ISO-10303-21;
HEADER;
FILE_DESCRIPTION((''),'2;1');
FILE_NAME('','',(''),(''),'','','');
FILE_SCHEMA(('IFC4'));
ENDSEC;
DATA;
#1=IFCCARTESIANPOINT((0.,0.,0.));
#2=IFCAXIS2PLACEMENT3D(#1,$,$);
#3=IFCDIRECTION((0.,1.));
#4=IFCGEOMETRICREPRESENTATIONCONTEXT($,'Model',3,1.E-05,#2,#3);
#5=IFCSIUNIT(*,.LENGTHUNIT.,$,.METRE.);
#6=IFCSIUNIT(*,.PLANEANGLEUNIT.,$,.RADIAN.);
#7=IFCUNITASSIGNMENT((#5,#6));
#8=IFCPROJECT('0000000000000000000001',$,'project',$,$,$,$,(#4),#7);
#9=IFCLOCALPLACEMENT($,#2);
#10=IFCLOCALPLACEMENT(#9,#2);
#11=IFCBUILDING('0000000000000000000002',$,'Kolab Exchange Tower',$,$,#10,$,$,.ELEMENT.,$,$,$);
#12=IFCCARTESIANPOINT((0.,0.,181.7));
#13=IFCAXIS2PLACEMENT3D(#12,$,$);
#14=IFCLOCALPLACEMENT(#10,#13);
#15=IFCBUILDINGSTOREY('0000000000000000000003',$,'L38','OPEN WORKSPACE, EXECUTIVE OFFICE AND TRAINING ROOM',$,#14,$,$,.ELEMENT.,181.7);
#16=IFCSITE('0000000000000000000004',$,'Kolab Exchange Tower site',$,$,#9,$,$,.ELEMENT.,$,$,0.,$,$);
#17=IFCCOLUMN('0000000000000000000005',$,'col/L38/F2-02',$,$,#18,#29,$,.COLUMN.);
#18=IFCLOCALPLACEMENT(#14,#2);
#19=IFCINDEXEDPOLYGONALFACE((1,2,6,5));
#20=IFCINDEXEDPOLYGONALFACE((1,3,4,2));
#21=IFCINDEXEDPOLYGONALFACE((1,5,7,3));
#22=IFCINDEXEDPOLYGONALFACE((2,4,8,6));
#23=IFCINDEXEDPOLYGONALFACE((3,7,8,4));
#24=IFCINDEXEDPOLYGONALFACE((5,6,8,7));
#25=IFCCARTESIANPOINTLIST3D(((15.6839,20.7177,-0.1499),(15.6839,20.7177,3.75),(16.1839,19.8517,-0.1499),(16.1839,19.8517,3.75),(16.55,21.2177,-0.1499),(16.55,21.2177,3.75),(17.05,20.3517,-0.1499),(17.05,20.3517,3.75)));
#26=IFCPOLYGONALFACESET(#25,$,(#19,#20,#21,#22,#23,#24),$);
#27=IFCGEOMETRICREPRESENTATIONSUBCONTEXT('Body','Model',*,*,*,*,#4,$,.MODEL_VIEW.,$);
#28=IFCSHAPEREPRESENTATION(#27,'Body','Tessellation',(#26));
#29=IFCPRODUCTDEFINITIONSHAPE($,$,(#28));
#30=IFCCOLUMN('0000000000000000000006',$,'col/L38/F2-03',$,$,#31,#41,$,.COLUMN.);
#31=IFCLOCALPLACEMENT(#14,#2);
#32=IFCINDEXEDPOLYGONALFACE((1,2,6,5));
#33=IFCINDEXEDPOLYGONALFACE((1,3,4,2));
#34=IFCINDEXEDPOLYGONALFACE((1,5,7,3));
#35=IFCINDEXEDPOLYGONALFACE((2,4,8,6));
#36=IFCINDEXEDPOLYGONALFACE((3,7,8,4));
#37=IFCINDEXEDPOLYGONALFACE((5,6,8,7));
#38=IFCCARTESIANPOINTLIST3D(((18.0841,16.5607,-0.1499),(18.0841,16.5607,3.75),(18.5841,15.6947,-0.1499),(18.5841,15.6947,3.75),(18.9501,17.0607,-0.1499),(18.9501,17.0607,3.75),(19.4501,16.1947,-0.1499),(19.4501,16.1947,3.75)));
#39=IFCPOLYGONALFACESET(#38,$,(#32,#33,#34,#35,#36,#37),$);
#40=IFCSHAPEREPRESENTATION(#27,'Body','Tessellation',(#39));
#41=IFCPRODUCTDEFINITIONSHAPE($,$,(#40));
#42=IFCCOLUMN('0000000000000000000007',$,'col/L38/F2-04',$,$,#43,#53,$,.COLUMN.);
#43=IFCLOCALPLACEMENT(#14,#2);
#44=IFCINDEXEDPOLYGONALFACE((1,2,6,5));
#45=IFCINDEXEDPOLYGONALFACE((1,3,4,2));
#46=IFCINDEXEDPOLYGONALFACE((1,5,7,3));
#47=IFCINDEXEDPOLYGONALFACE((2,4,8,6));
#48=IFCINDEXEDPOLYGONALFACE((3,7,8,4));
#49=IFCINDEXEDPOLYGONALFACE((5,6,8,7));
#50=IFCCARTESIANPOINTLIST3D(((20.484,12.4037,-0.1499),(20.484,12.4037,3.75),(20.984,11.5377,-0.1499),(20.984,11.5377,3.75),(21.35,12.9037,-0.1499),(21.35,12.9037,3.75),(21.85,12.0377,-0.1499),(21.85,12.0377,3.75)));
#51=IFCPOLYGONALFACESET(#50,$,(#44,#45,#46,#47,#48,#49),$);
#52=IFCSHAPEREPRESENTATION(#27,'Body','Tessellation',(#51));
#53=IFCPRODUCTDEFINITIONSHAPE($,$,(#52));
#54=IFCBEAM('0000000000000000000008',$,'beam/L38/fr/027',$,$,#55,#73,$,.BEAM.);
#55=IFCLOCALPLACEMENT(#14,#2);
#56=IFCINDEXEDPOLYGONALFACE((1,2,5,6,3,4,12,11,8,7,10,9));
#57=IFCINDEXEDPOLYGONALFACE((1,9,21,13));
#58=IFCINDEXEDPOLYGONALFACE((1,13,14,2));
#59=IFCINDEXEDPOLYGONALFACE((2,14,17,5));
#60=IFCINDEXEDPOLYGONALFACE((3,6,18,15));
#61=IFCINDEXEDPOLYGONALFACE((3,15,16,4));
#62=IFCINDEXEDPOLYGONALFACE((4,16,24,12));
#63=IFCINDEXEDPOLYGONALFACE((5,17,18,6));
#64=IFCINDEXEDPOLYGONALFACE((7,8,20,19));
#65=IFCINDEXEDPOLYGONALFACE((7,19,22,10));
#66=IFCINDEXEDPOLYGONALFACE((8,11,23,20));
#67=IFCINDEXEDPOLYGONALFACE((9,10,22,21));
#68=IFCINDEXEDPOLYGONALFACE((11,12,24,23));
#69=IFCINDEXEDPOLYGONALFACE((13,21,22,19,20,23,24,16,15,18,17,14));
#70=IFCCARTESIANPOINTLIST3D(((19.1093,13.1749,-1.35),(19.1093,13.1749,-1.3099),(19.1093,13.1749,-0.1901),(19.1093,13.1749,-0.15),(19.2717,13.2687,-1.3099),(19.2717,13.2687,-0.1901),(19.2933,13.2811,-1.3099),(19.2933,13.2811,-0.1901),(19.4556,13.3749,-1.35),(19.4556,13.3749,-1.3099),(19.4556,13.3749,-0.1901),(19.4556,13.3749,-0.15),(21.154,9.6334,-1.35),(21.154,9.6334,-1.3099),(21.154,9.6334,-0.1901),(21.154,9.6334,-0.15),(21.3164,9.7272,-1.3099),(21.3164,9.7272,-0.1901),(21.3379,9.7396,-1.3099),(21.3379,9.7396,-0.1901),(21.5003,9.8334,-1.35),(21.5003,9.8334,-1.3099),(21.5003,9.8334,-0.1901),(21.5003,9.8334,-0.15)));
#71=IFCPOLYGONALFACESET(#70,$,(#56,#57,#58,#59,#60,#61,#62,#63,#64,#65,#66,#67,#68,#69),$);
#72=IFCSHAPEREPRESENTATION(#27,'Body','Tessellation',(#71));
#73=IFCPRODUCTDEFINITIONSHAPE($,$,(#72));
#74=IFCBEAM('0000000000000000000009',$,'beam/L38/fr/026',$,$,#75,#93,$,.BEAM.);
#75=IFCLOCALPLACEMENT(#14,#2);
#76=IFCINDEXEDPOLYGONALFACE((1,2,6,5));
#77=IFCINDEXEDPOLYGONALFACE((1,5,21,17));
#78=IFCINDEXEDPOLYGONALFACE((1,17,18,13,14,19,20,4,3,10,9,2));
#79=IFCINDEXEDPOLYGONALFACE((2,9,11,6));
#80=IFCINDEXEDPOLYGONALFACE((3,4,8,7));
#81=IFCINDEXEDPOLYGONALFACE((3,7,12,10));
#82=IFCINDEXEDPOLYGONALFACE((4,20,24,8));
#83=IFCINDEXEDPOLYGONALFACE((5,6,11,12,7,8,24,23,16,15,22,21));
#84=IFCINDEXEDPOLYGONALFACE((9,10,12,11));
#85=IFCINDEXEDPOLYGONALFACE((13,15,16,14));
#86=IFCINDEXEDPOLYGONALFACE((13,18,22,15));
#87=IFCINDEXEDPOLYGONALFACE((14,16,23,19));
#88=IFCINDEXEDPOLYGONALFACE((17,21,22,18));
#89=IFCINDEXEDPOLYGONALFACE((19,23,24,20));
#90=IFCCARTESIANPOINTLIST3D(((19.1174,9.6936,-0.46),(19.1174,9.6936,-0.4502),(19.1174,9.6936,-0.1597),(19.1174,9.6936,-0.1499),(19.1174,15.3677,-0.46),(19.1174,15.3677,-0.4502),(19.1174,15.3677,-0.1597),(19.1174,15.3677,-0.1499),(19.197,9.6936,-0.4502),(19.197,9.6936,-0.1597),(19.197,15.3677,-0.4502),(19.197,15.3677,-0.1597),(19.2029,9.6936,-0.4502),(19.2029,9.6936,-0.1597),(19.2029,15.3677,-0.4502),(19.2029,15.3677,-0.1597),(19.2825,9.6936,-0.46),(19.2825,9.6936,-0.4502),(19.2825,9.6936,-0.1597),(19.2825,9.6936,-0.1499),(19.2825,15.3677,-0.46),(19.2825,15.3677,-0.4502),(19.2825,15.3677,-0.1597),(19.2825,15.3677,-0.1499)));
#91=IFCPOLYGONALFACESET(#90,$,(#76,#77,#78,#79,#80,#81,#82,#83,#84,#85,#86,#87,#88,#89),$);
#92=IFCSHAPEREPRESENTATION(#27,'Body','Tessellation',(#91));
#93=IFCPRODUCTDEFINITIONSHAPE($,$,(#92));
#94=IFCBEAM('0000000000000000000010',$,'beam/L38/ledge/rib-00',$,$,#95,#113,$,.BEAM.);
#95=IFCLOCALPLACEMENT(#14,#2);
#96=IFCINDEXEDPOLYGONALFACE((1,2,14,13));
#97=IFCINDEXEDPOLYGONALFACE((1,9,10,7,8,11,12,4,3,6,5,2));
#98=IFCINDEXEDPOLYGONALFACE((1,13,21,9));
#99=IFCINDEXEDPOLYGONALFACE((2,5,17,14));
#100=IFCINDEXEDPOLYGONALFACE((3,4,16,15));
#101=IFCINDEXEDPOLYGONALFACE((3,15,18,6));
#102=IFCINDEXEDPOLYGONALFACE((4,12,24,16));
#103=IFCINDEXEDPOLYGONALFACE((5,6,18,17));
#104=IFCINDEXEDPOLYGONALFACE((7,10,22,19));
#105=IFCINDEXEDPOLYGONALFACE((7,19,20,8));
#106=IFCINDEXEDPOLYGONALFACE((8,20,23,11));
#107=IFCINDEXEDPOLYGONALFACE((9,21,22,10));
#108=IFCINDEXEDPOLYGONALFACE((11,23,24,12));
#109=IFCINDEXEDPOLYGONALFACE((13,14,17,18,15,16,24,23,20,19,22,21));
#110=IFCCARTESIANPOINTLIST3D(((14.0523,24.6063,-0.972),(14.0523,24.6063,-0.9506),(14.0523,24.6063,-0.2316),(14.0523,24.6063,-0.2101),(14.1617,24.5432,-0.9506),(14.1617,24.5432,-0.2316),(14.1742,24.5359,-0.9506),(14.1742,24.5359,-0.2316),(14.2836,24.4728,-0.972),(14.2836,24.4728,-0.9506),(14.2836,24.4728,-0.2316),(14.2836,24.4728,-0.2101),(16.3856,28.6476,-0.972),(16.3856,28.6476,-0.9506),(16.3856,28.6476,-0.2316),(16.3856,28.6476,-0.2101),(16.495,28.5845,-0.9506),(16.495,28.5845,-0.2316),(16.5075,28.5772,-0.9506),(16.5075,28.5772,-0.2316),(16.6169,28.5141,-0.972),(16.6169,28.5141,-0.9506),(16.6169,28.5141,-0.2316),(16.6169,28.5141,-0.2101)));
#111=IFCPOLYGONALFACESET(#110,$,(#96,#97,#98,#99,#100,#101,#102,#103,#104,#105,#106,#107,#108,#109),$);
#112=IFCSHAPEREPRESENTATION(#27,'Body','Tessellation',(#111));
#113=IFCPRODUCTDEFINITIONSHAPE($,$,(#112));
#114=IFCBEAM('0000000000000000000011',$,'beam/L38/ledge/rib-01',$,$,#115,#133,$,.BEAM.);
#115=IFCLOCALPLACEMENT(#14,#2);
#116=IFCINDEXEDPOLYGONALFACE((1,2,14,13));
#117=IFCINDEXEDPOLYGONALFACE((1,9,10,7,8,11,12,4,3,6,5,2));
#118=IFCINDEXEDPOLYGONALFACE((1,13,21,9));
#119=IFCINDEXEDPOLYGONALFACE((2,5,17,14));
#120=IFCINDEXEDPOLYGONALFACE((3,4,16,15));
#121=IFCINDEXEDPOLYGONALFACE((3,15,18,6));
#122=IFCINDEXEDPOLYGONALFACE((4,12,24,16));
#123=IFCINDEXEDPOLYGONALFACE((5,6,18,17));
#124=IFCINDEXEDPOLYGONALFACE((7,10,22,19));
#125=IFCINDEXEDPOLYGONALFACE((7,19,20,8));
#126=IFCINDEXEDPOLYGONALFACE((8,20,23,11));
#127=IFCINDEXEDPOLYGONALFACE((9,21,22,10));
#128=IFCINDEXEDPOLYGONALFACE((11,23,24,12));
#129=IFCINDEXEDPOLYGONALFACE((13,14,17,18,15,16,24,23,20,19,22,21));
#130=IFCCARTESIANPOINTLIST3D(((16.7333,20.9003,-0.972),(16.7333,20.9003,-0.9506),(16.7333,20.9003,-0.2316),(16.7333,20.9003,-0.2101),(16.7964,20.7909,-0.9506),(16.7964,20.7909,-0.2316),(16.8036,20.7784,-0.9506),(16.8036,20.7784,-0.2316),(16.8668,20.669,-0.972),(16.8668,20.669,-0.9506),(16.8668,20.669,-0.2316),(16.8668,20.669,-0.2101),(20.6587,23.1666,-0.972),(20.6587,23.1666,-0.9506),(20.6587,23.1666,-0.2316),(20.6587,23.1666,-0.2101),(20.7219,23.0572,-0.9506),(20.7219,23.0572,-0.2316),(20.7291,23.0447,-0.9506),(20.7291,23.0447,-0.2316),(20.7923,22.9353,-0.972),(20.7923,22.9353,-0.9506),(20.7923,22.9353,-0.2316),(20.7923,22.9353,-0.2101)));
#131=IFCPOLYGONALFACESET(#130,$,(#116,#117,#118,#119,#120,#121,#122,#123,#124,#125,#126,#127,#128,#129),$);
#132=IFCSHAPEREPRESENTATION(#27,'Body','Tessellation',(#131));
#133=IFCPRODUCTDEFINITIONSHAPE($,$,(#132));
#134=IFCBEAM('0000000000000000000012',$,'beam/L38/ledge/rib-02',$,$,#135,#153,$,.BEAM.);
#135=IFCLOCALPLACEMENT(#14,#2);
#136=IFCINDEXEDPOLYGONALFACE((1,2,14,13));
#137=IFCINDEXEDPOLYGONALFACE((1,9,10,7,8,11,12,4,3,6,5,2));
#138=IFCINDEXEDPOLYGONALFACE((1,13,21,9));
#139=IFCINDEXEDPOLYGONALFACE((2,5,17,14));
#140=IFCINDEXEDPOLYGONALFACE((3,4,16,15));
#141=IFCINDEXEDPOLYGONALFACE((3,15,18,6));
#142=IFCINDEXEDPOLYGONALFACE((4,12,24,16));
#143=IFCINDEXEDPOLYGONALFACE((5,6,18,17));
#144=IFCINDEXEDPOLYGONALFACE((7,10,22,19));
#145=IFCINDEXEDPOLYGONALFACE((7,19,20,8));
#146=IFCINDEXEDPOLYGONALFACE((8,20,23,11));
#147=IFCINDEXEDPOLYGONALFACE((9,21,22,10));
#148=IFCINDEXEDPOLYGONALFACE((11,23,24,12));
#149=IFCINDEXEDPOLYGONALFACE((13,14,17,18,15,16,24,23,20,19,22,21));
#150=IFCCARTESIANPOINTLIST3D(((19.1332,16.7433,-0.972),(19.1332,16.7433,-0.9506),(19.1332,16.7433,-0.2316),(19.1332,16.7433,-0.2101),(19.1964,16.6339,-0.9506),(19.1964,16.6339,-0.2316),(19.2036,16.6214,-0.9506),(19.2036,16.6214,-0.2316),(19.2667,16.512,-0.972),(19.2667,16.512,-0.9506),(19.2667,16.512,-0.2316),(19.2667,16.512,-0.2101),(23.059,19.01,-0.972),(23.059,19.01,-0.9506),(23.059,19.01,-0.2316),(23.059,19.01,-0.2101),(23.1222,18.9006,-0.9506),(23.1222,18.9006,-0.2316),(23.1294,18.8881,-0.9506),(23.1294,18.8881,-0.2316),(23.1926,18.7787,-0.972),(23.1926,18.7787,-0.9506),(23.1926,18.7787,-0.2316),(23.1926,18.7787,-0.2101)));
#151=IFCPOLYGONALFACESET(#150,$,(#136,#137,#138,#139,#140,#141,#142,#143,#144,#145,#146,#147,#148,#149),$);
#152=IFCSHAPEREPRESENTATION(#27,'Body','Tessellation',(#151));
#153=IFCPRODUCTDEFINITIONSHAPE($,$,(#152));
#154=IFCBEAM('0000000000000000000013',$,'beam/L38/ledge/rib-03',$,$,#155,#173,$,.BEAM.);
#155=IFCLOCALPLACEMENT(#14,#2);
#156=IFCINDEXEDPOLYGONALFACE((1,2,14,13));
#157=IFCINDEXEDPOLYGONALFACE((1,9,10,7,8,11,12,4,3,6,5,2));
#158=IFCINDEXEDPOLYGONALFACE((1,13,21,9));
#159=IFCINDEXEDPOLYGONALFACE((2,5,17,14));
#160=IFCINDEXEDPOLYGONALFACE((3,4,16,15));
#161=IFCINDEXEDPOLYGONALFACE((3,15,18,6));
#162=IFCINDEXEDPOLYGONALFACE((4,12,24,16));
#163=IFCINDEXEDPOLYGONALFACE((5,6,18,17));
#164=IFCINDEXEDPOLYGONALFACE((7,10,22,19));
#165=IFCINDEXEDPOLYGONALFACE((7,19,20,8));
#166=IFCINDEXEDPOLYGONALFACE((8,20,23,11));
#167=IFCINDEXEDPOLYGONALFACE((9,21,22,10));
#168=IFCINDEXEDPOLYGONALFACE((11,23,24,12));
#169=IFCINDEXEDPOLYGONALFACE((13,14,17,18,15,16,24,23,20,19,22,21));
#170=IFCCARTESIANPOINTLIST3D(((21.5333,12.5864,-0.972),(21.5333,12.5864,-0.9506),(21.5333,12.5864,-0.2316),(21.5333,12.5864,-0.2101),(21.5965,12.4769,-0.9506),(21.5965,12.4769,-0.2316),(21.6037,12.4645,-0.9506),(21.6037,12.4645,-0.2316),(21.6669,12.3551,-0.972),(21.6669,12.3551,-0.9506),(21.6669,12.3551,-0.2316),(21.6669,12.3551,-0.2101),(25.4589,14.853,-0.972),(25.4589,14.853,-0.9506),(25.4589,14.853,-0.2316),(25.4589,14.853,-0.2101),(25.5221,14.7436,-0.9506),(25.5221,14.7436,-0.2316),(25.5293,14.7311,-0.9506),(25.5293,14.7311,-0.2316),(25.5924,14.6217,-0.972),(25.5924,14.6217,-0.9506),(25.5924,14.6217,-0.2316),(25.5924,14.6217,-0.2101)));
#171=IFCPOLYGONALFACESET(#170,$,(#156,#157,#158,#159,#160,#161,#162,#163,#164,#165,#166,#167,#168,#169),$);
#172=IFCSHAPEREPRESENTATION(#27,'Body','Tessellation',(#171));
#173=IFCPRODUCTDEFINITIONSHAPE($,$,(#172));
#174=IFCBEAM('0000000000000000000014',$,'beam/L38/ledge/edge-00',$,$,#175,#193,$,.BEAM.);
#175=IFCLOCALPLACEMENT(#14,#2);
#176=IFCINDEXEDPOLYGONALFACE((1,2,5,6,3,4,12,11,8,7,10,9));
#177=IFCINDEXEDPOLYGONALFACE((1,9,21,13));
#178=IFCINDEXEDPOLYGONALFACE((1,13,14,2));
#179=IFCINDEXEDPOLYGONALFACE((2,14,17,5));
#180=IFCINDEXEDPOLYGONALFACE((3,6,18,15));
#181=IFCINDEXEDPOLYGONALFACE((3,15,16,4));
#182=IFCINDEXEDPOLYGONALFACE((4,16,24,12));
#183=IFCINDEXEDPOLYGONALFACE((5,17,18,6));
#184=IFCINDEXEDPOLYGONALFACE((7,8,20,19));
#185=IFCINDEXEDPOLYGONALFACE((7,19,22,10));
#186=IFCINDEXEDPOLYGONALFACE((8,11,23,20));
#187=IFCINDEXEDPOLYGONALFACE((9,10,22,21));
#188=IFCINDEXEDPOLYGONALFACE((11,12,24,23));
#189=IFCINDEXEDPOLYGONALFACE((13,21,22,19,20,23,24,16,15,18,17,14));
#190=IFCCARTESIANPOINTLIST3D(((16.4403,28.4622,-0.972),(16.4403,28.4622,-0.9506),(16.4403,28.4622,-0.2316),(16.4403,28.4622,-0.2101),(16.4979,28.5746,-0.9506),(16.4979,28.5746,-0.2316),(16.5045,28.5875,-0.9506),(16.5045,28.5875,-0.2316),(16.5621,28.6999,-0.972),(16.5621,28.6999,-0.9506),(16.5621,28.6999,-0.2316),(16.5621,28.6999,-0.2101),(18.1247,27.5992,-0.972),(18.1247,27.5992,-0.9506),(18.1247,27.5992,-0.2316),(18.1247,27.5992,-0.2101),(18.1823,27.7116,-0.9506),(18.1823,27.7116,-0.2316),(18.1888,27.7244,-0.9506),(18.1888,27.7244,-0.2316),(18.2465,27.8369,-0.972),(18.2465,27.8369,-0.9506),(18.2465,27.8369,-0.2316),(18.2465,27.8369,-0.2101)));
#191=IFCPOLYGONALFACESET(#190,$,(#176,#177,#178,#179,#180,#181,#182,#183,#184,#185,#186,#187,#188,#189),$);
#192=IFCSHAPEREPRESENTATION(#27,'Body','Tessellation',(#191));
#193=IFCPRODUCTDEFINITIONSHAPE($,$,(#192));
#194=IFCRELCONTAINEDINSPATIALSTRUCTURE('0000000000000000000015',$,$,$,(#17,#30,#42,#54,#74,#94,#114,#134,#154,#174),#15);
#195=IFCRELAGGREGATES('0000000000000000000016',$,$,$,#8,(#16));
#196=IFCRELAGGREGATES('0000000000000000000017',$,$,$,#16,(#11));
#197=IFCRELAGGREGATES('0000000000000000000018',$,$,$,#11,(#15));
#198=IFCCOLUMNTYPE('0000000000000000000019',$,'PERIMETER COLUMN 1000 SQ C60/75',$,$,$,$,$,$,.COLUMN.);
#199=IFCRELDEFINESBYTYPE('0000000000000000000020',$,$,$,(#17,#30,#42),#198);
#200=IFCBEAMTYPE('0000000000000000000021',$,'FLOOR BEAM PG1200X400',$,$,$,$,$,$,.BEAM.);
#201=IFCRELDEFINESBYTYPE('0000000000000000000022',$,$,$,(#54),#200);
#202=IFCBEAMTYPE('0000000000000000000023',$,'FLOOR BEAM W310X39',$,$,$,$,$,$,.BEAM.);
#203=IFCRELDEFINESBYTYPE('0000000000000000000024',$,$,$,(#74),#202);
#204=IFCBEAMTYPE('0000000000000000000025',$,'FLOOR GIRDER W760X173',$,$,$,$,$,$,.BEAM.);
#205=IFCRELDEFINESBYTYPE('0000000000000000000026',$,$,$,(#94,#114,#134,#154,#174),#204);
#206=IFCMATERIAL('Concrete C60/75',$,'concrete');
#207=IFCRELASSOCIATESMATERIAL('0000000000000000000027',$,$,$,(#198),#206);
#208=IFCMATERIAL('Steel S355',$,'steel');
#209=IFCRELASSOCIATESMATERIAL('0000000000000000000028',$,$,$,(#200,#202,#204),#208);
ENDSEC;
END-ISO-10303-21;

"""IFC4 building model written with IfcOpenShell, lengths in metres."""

from ifc_helpers import new_model, si_unit, direction, frame, origin, origin_2d, place, context, subcontext, project, spatial, rectangle, i_section, extrude, material, material_profile, profile_set, type_object, element, save


model = new_model("IFC4")

# Units and contexts
model_context = context("Model", 3, precision=1e-05, world=origin(), true_north=direction((0.0, 1.0)))
body_context = subcontext(model_context, "Body", "Model", "MODEL_VIEW")
ifc_project = project(units=[si_unit("LENGTHUNIT", "METRE"), si_unit("PLANEANGLEUNIT", "RADIAN")], contexts=[model_context])

# Site, building, storey
site_placement = place(None, origin())
site = spatial("IfcSite", under=ifc_project, at=site_placement, Name="Kolab Exchange Tower site", CompositionType="ELEMENT", RefElevation=0.0)
building_placement = place(site_placement, origin())
building = spatial("IfcBuilding", under=site, at=building_placement, Name="Kolab Exchange Tower", CompositionType="ELEMENT")
storey_placement = place(building_placement, frame((0.0, 0.0, 181.7)))
storey = spatial("IfcBuildingStorey", under=building, at=storey_placement, Name="L38", Description="OPEN WORKSPACE, EXECUTIVE OFFICE AND TRAINING ROOM", CompositionType="ELEMENT", Elevation=181.7)

# Columns
ifc_material_1 = material(Name="Concrete C60/75", Category="concrete")
ifc_material_profile_1 = material_profile(ifc_material_1, rectangle(XDim=1.0, YDim=1.0, at=origin_2d()), Name="RC1000")
ifc_profile_set_1 = profile_set([ifc_material_profile_1], Name="Concrete C60/75")
column_type = type_object("IfcColumnType", Name="PERIMETER COLUMN 1000 SQ C60/75", PredefinedType="COLUMN", material=ifc_profile_set_1)
for number, where, z_axis, x_axis, name in (
    (1, (16.3669, 20.5347, -0.1499), (0.0, 0.0, 1.0), (0.866025, 0.5, 0.0), "col/L38/F2-02"),
    (2, (18.7671, 16.3777, -0.1499), (0.0, 0.0, 1.0), (0.866025, 0.5, 0.0), "col/L38/F2-03"),
    (3, (21.167, 12.2207, -0.1499), (0.0, 0.0, 1.0), (0.866025, 0.5, 0.0), "col/L38/F2-04"),
):
    element("IfcColumn", number, at=place(storey_placement, frame(where, z_axis=z_axis, x_axis=x_axis)), inside=storey, type_object=column_type, Name=name, PredefinedType="COLUMN", context=body_context, shape_type="SweptSolid", body=[
        extrude(rectangle(XDim=1.0, YDim=1.0, at=origin_2d()), origin(), (0.0, 0.0, 1.0), 3.8999),
    ])

# Beams
ifc_material_2 = material(Name="Steel S355", Category="steel")
ifc_material_profile_2 = material_profile(ifc_material_2, i_section(OverallWidth=0.3999, OverallDepth=1.2, WebThickness=0.0249, FlangeThickness=0.04, at=origin_2d()), Name="PG1200X400")
ifc_profile_set_2 = profile_set([ifc_material_profile_2], Name="Steel S355")
beam_type_1 = type_object("IfcBeamType", Name="FLOOR BEAM PG1200X400", PredefinedType="BEAM", material=ifc_profile_set_2)
beam_1_placement = place(storey_placement, frame((19.2825, 13.2749, -0.75), z_axis=(0.499998, -0.866027, 0.0), x_axis=(0.866027, 0.499998, 0.0)))
element("IfcBeam", 4, at=beam_1_placement, inside=storey, type_object=beam_type_1, Name="beam/L38/fr/027", PredefinedType="BEAM", context=body_context, shape_type="SweptSolid", body=[
    extrude(i_section(OverallWidth=0.3999, OverallDepth=1.2, WebThickness=0.0249, FlangeThickness=0.04, at=origin_2d()), origin(), (0.0, 0.0, 1.0), 4.0894),
])
ifc_material_profile_3 = material_profile(ifc_material_2, i_section(OverallWidth=0.165, OverallDepth=0.3101, WebThickness=0.0059, FlangeThickness=0.0098, at=origin_2d()), Name="W310X39")
ifc_profile_set_3 = profile_set([ifc_material_profile_3], Name="Steel S355")
beam_type_2 = type_object("IfcBeamType", Name="FLOOR BEAM W310X39", PredefinedType="BEAM", material=ifc_profile_set_3)
beam_2_placement = place(storey_placement, frame((19.2, 9.6936, -0.3049), z_axis=(0.0, 1.0, 0.0), x_axis=(-1.0, 0.0, 0.0)))
element("IfcBeam", 5, at=beam_2_placement, inside=storey, type_object=beam_type_2, Name="beam/L38/fr/026", PredefinedType="BEAM", context=body_context, shape_type="SweptSolid", body=[
    extrude(i_section(OverallWidth=0.165, OverallDepth=0.3101, WebThickness=0.0059, FlangeThickness=0.0098, at=origin_2d()), origin(), (0.0, 0.0, 1.0), 5.6741),
])
ifc_material_profile_4 = material_profile(ifc_material_2, i_section(OverallWidth=0.2671, OverallDepth=0.762, WebThickness=0.0144, FlangeThickness=0.0215, at=origin_2d()), Name="W760X173")
ifc_profile_set_4 = profile_set([ifc_material_profile_4], Name="Steel S355")
beam_type_3 = type_object("IfcBeamType", Name="FLOOR GIRDER W760X173", PredefinedType="BEAM", material=ifc_profile_set_4)
beam_3_placement = place(storey_placement, frame((14.168, 24.5396, -0.5911), z_axis=(0.500005, 0.866023, 0.0), x_axis=(-0.866023, 0.500005, 0.0)))
element("IfcBeam", 6, at=beam_3_placement, inside=storey, type_object=beam_type_3, Name="beam/L38/ledge/rib-00", PredefinedType="BEAM", context=body_context, shape_type="SweptSolid", body=[
    extrude(i_section(OverallWidth=0.2671, OverallDepth=0.762, WebThickness=0.0144, FlangeThickness=0.0215, at=origin_2d()), origin(), (0.0, 0.0, 1.0), 4.6665),
])
beam_4_placement = place(storey_placement, frame((16.8, 20.7847, -0.5911), z_axis=(0.86603, 0.499991, 0.0), x_axis=(-0.499991, 0.86603, 0.0)))
element("IfcBeam", 7, at=beam_4_placement, inside=storey, type_object=beam_type_3, Name="beam/L38/ledge/rib-01", PredefinedType="BEAM", context=body_context, shape_type="SweptSolid", body=[
    extrude(i_section(OverallWidth=0.2671, OverallDepth=0.762, WebThickness=0.0144, FlangeThickness=0.0215, at=origin_2d()), origin(), (0.0, 0.0, 1.0), 4.5327),
])
beam_5_placement = place(storey_placement, frame((19.2, 16.6277, -0.5911), z_axis=(0.866021, 0.500008, 0.0), x_axis=(-0.500008, 0.866021, 0.0)))
element("IfcBeam", 8, at=beam_5_placement, inside=storey, type_object=beam_type_3, Name="beam/L38/ledge/rib-02", PredefinedType="BEAM", context=body_context, shape_type="SweptSolid", body=[
    extrude(i_section(OverallWidth=0.2671, OverallDepth=0.762, WebThickness=0.0144, FlangeThickness=0.0215, at=origin_2d()), origin(), (0.0, 0.0, 1.0), 4.5332),
])
beam_6_placement = place(storey_placement, frame((21.6001, 12.4707, -0.5911), z_axis=(0.866007, 0.500032, 0.0), x_axis=(-0.500032, 0.866007, 0.0)))
element("IfcBeam", 9, at=beam_6_placement, inside=storey, type_object=beam_type_3, Name="beam/L38/ledge/rib-03", PredefinedType="BEAM", context=body_context, shape_type="SweptSolid", body=[
    extrude(i_section(OverallWidth=0.2671, OverallDepth=0.762, WebThickness=0.0144, FlangeThickness=0.0215, at=origin_2d()), origin(), (0.0, 0.0, 1.0), 4.533),
])
beam_7_placement = place(storey_placement, frame((16.5012, 28.5811, -0.5911), z_axis=(0.889972, -0.456015, 0.0), x_axis=(0.456015, 0.889972, 0.0)))
element("IfcBeam", 10, at=beam_7_placement, inside=storey, type_object=beam_type_3, Name="beam/L38/ledge/edge-00", PredefinedType="BEAM", context=body_context, shape_type="SweptSolid", body=[
    extrude(i_section(OverallWidth=0.2671, OverallDepth=0.762, WebThickness=0.0144, FlangeThickness=0.0215, at=origin_2d()), origin(), (0.0, 0.0, 1.0), 1.8926),
])

save(model, "model.ifc")
